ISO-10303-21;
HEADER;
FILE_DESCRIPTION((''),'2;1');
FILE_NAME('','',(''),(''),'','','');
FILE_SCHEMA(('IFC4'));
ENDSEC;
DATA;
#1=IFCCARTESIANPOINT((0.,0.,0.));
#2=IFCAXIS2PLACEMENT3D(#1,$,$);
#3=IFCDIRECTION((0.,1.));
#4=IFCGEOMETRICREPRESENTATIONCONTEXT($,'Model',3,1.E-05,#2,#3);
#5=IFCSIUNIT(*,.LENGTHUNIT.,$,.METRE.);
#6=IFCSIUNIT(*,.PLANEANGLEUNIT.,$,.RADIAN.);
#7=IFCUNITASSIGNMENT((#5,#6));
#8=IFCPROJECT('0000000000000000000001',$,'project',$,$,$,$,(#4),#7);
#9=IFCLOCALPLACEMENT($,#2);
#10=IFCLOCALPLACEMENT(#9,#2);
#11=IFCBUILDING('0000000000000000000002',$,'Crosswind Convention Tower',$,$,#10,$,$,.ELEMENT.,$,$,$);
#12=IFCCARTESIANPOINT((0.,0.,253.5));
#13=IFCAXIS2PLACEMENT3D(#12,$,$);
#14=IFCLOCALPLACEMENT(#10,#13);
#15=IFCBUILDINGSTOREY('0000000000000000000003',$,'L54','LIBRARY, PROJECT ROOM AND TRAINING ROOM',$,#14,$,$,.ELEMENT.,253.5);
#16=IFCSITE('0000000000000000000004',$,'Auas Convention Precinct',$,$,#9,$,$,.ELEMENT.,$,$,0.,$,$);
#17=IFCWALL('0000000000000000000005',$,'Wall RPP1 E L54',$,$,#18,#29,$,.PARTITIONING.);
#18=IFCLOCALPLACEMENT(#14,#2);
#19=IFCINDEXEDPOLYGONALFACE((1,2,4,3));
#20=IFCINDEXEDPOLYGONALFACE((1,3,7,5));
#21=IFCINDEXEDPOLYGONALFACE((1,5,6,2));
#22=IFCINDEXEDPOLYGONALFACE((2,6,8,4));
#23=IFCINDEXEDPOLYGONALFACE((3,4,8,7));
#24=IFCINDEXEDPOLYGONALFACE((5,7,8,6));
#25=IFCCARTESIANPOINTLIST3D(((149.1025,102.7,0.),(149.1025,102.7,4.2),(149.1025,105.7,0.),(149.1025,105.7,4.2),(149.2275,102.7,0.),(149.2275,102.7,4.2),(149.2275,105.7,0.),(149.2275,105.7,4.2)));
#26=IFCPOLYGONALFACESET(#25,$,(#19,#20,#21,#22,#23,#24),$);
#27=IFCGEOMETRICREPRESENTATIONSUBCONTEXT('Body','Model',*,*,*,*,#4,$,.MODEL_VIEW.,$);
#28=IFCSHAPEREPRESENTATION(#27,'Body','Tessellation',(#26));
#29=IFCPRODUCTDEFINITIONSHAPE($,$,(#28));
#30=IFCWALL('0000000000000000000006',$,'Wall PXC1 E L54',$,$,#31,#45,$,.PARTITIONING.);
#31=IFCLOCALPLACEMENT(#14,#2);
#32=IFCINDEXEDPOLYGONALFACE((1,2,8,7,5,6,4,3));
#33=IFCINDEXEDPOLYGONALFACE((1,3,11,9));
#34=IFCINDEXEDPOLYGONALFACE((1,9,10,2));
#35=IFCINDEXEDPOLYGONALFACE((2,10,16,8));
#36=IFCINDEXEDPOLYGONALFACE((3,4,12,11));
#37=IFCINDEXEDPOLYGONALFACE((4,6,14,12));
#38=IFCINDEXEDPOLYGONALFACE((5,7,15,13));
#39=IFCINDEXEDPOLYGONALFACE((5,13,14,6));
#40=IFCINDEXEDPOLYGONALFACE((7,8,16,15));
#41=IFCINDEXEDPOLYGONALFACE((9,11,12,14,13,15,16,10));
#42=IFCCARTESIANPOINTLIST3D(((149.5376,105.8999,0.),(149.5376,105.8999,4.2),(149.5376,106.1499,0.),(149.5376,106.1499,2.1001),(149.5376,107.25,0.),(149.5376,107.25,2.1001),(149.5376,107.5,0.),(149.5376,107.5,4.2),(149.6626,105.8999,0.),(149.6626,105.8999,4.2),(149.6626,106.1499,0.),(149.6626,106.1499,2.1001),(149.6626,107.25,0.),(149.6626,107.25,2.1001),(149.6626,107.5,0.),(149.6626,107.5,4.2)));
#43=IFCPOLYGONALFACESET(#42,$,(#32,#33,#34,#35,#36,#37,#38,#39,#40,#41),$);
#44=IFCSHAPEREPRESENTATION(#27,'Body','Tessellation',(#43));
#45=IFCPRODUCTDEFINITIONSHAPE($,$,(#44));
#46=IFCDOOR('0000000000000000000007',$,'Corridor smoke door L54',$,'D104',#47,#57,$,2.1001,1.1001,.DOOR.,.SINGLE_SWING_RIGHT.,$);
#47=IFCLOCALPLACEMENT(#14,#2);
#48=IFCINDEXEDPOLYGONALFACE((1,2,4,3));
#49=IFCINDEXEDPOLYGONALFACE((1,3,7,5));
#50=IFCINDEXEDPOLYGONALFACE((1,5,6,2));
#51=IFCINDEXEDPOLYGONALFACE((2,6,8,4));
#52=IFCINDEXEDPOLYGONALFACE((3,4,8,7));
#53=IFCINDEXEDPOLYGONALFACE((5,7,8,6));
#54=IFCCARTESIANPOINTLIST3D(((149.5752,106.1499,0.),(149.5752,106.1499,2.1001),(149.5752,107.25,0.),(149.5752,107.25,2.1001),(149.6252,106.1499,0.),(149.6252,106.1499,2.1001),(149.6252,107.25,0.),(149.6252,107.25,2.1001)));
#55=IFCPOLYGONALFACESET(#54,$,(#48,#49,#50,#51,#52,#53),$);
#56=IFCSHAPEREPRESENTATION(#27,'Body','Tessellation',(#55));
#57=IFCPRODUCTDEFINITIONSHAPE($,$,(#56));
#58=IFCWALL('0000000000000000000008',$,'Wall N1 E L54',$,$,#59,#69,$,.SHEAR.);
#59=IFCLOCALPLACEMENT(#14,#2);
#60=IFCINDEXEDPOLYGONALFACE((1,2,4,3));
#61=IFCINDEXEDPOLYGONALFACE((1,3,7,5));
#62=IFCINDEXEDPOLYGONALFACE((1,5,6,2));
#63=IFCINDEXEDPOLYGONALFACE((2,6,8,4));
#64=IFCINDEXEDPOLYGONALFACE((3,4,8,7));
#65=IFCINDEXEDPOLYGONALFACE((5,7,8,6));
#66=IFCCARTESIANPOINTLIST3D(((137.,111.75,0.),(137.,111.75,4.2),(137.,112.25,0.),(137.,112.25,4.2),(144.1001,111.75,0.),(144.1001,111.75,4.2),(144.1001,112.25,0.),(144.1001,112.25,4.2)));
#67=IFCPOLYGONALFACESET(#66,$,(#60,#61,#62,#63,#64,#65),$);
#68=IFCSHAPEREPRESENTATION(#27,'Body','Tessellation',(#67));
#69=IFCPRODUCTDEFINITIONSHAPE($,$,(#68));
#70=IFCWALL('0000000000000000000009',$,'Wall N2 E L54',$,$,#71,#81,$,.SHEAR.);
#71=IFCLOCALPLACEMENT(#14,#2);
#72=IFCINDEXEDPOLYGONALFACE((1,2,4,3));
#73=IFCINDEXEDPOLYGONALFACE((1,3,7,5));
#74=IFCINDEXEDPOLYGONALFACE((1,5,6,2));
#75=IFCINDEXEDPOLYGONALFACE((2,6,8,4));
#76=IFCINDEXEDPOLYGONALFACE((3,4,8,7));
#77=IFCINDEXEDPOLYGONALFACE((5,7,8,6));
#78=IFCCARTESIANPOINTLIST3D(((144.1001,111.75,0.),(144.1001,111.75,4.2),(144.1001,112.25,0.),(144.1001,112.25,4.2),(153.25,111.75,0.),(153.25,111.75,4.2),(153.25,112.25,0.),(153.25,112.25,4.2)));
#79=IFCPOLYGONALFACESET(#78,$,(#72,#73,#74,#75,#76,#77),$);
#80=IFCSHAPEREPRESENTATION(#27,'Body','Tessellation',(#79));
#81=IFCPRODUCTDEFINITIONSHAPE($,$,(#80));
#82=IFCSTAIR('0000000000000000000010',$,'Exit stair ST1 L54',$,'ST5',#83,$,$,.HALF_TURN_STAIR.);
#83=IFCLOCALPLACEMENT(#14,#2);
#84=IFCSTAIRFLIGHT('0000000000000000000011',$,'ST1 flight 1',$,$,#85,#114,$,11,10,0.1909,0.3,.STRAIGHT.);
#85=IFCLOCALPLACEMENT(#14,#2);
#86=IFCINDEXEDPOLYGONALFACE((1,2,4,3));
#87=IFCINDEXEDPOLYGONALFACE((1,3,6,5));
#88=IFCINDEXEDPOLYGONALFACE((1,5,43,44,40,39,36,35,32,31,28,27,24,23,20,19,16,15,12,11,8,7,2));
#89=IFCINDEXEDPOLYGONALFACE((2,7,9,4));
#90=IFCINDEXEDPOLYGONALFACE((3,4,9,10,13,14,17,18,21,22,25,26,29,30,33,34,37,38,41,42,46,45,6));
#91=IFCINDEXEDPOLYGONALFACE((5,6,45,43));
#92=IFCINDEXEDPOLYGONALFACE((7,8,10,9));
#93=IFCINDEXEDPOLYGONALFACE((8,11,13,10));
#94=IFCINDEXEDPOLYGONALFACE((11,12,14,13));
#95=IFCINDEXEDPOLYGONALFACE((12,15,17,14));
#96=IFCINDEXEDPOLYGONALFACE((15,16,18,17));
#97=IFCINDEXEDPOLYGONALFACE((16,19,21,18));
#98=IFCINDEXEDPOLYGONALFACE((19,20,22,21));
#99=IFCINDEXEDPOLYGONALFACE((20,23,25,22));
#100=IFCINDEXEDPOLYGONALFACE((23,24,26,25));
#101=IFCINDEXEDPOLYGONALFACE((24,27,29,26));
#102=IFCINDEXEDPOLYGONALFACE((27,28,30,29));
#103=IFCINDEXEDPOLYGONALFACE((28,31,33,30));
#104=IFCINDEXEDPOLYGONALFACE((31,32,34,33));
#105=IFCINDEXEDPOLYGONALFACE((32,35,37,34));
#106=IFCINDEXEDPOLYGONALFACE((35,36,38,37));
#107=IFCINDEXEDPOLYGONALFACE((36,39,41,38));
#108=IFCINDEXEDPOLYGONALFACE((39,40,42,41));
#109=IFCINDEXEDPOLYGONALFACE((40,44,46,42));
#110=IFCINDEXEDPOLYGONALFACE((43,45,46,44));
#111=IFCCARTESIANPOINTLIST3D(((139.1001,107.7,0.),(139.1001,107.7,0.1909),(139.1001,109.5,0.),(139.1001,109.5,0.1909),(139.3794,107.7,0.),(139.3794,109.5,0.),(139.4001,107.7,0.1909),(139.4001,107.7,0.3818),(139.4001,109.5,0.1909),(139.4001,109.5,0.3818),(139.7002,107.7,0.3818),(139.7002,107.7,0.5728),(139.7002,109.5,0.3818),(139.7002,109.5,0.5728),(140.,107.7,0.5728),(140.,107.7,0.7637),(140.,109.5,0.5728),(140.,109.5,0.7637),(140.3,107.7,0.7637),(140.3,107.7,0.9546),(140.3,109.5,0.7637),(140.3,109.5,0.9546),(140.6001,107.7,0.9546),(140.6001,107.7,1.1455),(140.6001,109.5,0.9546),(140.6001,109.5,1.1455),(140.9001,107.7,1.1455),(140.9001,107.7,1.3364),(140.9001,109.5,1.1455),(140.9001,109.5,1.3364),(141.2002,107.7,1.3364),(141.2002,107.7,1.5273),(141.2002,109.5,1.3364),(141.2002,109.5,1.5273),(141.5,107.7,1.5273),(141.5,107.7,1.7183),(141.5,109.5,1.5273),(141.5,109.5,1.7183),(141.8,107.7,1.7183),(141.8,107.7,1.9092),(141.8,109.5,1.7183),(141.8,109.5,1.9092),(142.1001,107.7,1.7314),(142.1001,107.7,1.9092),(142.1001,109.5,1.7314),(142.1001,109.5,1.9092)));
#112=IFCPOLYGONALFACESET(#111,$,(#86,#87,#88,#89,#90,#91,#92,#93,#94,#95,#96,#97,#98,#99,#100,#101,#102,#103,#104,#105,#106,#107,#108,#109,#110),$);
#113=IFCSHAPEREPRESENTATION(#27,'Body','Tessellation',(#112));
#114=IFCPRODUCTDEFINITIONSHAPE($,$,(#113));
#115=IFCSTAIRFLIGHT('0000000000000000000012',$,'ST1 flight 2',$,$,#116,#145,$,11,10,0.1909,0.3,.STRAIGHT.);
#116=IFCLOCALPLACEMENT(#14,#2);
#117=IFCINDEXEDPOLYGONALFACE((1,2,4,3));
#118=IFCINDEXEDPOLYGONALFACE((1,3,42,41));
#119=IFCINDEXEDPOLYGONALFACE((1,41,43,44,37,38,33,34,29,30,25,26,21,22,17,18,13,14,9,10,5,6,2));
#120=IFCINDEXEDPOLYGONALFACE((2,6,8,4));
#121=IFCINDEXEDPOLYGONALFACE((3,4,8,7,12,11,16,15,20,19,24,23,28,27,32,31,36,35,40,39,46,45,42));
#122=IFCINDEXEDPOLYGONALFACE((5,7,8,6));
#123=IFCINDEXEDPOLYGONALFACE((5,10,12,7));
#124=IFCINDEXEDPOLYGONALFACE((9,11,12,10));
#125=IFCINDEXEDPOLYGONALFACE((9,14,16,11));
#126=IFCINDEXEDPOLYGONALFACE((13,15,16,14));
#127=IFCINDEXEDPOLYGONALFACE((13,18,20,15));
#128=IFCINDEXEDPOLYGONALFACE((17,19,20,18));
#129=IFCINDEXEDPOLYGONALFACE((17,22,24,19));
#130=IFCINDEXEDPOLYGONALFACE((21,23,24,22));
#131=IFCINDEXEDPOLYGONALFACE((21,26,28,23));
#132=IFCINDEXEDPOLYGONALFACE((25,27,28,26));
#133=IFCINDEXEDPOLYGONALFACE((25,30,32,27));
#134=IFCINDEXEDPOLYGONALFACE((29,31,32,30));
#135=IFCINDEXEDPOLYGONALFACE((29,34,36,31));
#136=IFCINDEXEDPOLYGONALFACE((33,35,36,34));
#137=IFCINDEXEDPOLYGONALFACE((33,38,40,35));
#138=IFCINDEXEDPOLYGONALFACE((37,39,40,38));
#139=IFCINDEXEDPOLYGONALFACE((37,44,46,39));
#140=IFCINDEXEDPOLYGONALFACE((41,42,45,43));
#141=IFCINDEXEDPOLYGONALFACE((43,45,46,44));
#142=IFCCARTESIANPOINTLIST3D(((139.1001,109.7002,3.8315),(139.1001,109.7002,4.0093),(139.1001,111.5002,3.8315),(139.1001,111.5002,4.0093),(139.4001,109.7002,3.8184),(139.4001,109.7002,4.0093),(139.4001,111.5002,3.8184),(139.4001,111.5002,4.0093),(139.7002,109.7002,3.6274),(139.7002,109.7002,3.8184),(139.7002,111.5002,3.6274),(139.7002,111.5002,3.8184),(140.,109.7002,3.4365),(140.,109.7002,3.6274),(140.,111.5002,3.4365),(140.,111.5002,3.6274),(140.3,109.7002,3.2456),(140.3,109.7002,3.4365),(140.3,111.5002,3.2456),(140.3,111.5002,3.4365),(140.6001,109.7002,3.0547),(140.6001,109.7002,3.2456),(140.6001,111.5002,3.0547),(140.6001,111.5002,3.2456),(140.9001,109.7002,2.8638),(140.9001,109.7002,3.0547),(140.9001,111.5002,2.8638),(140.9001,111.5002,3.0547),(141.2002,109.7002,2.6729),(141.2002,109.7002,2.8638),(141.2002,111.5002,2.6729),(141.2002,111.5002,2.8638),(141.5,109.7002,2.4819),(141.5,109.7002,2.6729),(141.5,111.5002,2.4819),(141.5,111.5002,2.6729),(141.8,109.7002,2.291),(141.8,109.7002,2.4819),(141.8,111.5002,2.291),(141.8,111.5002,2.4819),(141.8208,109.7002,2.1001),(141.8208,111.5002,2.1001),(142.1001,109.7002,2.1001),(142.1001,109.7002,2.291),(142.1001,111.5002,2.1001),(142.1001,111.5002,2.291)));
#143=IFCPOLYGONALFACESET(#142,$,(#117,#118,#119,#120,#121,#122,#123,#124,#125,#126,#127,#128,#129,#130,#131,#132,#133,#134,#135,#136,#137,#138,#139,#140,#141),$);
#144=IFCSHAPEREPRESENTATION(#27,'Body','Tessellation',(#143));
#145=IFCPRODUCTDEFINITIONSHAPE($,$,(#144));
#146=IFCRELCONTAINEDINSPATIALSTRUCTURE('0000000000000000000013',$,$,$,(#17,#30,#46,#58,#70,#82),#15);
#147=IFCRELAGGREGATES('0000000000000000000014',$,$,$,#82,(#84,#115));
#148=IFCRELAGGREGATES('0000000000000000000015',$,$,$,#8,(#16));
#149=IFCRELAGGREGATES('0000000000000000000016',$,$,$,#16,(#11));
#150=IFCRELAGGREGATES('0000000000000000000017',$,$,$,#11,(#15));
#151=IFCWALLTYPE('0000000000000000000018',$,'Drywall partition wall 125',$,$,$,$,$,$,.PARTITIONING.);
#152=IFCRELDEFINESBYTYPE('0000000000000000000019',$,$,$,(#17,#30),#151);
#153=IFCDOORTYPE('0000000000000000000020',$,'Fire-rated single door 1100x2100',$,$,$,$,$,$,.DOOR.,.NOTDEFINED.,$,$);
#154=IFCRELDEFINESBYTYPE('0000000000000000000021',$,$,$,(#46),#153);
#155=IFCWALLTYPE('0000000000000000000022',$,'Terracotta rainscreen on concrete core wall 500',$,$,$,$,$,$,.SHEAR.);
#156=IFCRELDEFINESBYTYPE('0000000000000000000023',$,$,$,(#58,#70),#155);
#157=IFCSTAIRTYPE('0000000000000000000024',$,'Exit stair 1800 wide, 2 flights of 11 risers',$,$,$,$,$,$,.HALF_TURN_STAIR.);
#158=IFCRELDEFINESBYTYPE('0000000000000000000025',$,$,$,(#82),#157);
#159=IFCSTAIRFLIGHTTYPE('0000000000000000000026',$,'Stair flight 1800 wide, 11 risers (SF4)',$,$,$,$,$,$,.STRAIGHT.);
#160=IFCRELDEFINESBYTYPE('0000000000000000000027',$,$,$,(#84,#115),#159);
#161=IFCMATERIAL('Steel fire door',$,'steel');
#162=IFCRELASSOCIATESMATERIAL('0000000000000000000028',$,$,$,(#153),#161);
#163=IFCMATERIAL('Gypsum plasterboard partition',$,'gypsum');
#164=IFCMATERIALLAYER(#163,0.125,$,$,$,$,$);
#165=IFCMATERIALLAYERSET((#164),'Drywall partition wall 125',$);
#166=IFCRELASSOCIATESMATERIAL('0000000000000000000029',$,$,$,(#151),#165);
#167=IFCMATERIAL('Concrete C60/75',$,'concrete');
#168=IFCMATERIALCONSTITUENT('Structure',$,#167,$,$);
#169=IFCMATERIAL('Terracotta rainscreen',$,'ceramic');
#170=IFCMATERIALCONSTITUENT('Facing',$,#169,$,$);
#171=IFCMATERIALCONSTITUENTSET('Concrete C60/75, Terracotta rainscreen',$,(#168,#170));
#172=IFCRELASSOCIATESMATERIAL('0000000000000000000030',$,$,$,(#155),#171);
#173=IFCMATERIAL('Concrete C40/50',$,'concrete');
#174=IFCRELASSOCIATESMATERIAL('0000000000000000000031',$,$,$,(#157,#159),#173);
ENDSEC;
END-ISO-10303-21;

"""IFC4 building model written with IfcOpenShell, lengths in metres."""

from ifc_helpers import new_model, si_unit, direction, frame, frame_2d, origin, place, context, subcontext, project, spatial, polyline, rectangle, outline, extrude, material, layer, layer_set, constituent, constituent_set, type_object, element, fill, aggregate, save


model = new_model("IFC4")

# Units and contexts
model_context = context("Model", 3, precision=1e-05, world=origin(), true_north=direction((0.0, 1.0)))
body_context = subcontext(model_context, "Body", "Model", "MODEL_VIEW")
ifc_project = project(units=[si_unit("LENGTHUNIT", "METRE"), si_unit("PLANEANGLEUNIT", "RADIAN")], contexts=[model_context])

# Site, building, storey
site_placement = place(None, origin())
site = spatial("IfcSite", under=ifc_project, at=site_placement, Name="Auas Convention Precinct", CompositionType="ELEMENT", RefElevation=0.0)
building_placement = place(site_placement, origin())
building = spatial("IfcBuilding", under=site, at=building_placement, Name="Crosswind Convention Tower", CompositionType="ELEMENT")
storey_placement = place(building_placement, frame((0.0, 0.0, 253.5)))
storey = spatial("IfcBuildingStorey", under=building, at=storey_placement, Name="L54", Description="LIBRARY, PROJECT ROOM AND TRAINING ROOM", CompositionType="ELEMENT", Elevation=253.5)

# Shared definitions
ifc_material_1 = material(Name="Steel fire door", Category="steel")
door_type_1 = type_object("IfcDoorType", Name="Fire-rated single door 1100x2100", OperationType="NOTDEFINED", PredefinedType="DOOR", material=ifc_material_1)

# Wall
ifc_material_2 = material(Name="Gypsum plasterboard partition", Category="gypsum")
ifc_layer_1 = layer(ifc_material_2, 0.125)
ifc_layer_set_1 = layer_set([ifc_layer_1], Name="Drywall partition wall 125")
wall_type_1 = type_object("IfcWallType", Name="Drywall partition wall 125", PredefinedType="PARTITIONING", material=ifc_layer_set_1)
wall_1_placement = place(storey_placement, frame((149.165, 102.7, 0.0), z_axis=(0.0, 0.0, 1.0), x_axis=(0.0, 1.0, 0.0)))
element("IfcWall", 1, at=wall_1_placement, inside=storey, type_object=wall_type_1, Name="Wall RPP1 E L54", PredefinedType="PARTITIONING", context=body_context, shape_type="SweptSolid", body=[
    extrude(rectangle(XDim=3.0, YDim=0.125, at=frame_2d((1.5, 0.0))), origin(), (0.0, 0.0, 1.0), 4.2),
])

# Wall, opening, door
wall_2_placement = place(storey_placement, frame((149.6001, 105.8999, 0.0), z_axis=(0.0, 0.0, 1.0), x_axis=(0.0, 1.0, 0.0)))
wall_2 = element("IfcWall", 2, at=wall_2_placement, inside=storey, type_object=wall_type_1, Name="Wall PXC1 E L54", PredefinedType="PARTITIONING", context=body_context, shape_type="SweptSolid", body=[
    extrude(rectangle(XDim=1.6001, YDim=0.125, at=frame_2d((0.8, 0.0))), origin(), (0.0, 0.0, 1.0), 4.2),
])
opening_1_placement = place(wall_2_placement, frame((0.25, 0.0, 0.0)))
opening_1 = element("IfcOpeningElement", 3, at=opening_1_placement, cuts=wall_2, PredefinedType="OPENING", context=body_context, shape_type="SweptSolid", body=[
    extrude(rectangle(XDim=1.1001, YDim=2.1001, at=frame_2d((0.55, 1.05))), frame((0.0, 0.0725, 0.0), z_axis=(0.0, -1.0, 0.0), x_axis=(1.0, 0.0, 0.0)), (0.0, 0.0, 1.0), 0.145),
])
door_1_placement = place(opening_1_placement, origin())
door_1 = element("IfcDoor", 4, at=door_1_placement, inside=storey, type_object=door_type_1, Name="Corridor smoke door L54", ObjectType="D104", OperationType="SINGLE_SWING_RIGHT", OverallHeight=2.1001, OverallWidth=1.1001, PredefinedType="DOOR", context=body_context, shape_type="SweptSolid", body=[
    extrude(rectangle(XDim=1.1001, YDim=2.1001, at=frame_2d((0.55, 1.05))), frame((0.0, 0.0249, 0.0), z_axis=(0.0, -1.0, 0.0), x_axis=(1.0, 0.0, 0.0)), (0.0, 0.0, 1.0), 0.05),
])
fill(opening_1, door_1)

# Walls
ifc_material_3 = material(Name="Concrete C60/75", Category="concrete")
ifc_constituent_1 = constituent(ifc_material_3, Name="Structure")
ifc_material_4 = material(Name="Terracotta rainscreen", Category="ceramic")
ifc_constituent_2 = constituent(ifc_material_4, Name="Facing")
ifc_constituent_set = constituent_set(constituents=[ifc_constituent_1, ifc_constituent_2], Name="Concrete C60/75, Terracotta rainscreen")
wall_type_2 = type_object("IfcWallType", Name="Terracotta rainscreen on concrete core wall 500", PredefinedType="SHEAR", material=ifc_constituent_set)
wall_3_placement = place(storey_placement, frame((137.0, 112.0, 0.0), z_axis=(0.0, 0.0, 1.0), x_axis=(1.0, 0.0, 0.0)))
element("IfcWall", 5, at=wall_3_placement, inside=storey, type_object=wall_type_2, Name="Wall N1 E L54", PredefinedType="SHEAR", context=body_context, shape_type="SweptSolid", body=[
    extrude(rectangle(XDim=7.1001, YDim=0.5, at=frame_2d((3.55, 0.0))), origin(), (0.0, 0.0, 1.0), 4.2),
])
wall_4_placement = place(storey_placement, frame((144.1001, 112.0, 0.0), z_axis=(0.0, 0.0, 1.0), x_axis=(1.0, 0.0, 0.0)))
element("IfcWall", 6, at=wall_4_placement, inside=storey, type_object=wall_type_2, Name="Wall N2 E L54", PredefinedType="SHEAR", context=body_context, shape_type="SweptSolid", body=[
    extrude(rectangle(XDim=9.1499, YDim=0.5, at=frame_2d((4.575, 0.0))), origin(), (0.0, 0.0, 1.0), 4.2),
])

# Stair, stair flights
ifc_material_5 = material(Name="Concrete C40/50", Category="concrete")
stair_type = type_object("IfcStairType", Name="Exit stair 1800 wide, 2 flights of 11 risers", PredefinedType="HALF_TURN_STAIR", material=ifc_material_5)
stair_placement = place(storey_placement, origin())
stair = element("IfcStair", 7, at=stair_placement, inside=storey, type_object=stair_type, Name="Exit stair ST1 L54", ObjectType="ST5", PredefinedType="HALF_TURN_STAIR")
stair_flight_type = type_object("IfcStairFlightType", Name="Stair flight 1800 wide, 11 risers (SF4)", PredefinedType="STRAIGHT", material=ifc_material_5)
stair_flight_1_placement = place(storey_placement, frame((139.1001, 108.6001, 0.0), z_axis=(0.0, 0.0, 1.0), x_axis=(1.0, 0.0, 0.0)))
stair_flight_1 = element("IfcStairFlight", 8, at=stair_flight_1_placement, type_object=stair_flight_type, Name="ST1 flight 1", NumberOfRisers=11, NumberOfTreads=10, PredefinedType="STRAIGHT", RiserHeight=0.1909, TreadLength=0.3, context=body_context, shape_type="SweptSolid", body=[
    extrude(outline(polyline([(0.0, 0.0), (0.0, 0.1909), (0.3, 0.1909), (0.3, 0.3818), (0.6001, 0.3818), (0.6001, 0.5728), (0.8999, 0.5728), (0.8999, 0.7637), (1.2, 0.7637), (1.2, 0.9546), (1.5, 0.9546), (1.5, 1.1455), (1.8, 1.1455), (1.8, 1.3364), (2.1001, 1.3364), (2.1001, 1.5273), (2.3999, 1.5273), (2.3999, 1.7183), (2.7, 1.7183), (2.7, 1.9092), (3.0, 1.9092), (3.0, 2.1001), (3.0, 1.7314), (0.2793, 0.0), (0.0, 0.0)])), frame((0.0, 0.8999, 0.0), z_axis=(0.0, -1.0, 0.0), x_axis=(1.0, 0.0, 0.0)), (0.0, 0.0, 1.0), 1.8),
])
stair_flight_2_placement = place(storey_placement, frame((142.1001, 110.6001, 2.1001), z_axis=(0.0, 0.0, 1.0), x_axis=(-1.0, 0.0, 0.0)))
stair_flight_2 = element("IfcStairFlight", 9, at=stair_flight_2_placement, type_object=stair_flight_type, Name="ST1 flight 2", NumberOfRisers=11, NumberOfTreads=10, PredefinedType="STRAIGHT", RiserHeight=0.1909, TreadLength=0.3, context=body_context, shape_type="SweptSolid", body=[
    extrude(outline(polyline([(0.0, 0.0), (0.0, 0.1909), (0.3, 0.1909), (0.3, 0.3818), (0.6001, 0.3818), (0.6001, 0.5728), (0.8999, 0.5728), (0.8999, 0.7637), (1.2, 0.7637), (1.2, 0.9546), (1.5, 0.9546), (1.5, 1.1455), (1.8, 1.1455), (1.8, 1.3364), (2.1001, 1.3364), (2.1001, 1.5273), (2.3999, 1.5273), (2.3999, 1.7183), (2.7, 1.7183), (2.7, 1.9092), (3.0, 1.9092), (3.0, 2.1001), (3.0, 1.7314), (0.2793, 0.0), (0.0, 0.0)])), frame((0.0, 0.8999, 0.0), z_axis=(0.0, -1.0, 0.0), x_axis=(1.0, 0.0, 0.0)), (0.0, 0.0, 1.0), 1.8),
])
aggregate(stair, [stair_flight_1, stair_flight_2])

save(model, "model.ifc")
